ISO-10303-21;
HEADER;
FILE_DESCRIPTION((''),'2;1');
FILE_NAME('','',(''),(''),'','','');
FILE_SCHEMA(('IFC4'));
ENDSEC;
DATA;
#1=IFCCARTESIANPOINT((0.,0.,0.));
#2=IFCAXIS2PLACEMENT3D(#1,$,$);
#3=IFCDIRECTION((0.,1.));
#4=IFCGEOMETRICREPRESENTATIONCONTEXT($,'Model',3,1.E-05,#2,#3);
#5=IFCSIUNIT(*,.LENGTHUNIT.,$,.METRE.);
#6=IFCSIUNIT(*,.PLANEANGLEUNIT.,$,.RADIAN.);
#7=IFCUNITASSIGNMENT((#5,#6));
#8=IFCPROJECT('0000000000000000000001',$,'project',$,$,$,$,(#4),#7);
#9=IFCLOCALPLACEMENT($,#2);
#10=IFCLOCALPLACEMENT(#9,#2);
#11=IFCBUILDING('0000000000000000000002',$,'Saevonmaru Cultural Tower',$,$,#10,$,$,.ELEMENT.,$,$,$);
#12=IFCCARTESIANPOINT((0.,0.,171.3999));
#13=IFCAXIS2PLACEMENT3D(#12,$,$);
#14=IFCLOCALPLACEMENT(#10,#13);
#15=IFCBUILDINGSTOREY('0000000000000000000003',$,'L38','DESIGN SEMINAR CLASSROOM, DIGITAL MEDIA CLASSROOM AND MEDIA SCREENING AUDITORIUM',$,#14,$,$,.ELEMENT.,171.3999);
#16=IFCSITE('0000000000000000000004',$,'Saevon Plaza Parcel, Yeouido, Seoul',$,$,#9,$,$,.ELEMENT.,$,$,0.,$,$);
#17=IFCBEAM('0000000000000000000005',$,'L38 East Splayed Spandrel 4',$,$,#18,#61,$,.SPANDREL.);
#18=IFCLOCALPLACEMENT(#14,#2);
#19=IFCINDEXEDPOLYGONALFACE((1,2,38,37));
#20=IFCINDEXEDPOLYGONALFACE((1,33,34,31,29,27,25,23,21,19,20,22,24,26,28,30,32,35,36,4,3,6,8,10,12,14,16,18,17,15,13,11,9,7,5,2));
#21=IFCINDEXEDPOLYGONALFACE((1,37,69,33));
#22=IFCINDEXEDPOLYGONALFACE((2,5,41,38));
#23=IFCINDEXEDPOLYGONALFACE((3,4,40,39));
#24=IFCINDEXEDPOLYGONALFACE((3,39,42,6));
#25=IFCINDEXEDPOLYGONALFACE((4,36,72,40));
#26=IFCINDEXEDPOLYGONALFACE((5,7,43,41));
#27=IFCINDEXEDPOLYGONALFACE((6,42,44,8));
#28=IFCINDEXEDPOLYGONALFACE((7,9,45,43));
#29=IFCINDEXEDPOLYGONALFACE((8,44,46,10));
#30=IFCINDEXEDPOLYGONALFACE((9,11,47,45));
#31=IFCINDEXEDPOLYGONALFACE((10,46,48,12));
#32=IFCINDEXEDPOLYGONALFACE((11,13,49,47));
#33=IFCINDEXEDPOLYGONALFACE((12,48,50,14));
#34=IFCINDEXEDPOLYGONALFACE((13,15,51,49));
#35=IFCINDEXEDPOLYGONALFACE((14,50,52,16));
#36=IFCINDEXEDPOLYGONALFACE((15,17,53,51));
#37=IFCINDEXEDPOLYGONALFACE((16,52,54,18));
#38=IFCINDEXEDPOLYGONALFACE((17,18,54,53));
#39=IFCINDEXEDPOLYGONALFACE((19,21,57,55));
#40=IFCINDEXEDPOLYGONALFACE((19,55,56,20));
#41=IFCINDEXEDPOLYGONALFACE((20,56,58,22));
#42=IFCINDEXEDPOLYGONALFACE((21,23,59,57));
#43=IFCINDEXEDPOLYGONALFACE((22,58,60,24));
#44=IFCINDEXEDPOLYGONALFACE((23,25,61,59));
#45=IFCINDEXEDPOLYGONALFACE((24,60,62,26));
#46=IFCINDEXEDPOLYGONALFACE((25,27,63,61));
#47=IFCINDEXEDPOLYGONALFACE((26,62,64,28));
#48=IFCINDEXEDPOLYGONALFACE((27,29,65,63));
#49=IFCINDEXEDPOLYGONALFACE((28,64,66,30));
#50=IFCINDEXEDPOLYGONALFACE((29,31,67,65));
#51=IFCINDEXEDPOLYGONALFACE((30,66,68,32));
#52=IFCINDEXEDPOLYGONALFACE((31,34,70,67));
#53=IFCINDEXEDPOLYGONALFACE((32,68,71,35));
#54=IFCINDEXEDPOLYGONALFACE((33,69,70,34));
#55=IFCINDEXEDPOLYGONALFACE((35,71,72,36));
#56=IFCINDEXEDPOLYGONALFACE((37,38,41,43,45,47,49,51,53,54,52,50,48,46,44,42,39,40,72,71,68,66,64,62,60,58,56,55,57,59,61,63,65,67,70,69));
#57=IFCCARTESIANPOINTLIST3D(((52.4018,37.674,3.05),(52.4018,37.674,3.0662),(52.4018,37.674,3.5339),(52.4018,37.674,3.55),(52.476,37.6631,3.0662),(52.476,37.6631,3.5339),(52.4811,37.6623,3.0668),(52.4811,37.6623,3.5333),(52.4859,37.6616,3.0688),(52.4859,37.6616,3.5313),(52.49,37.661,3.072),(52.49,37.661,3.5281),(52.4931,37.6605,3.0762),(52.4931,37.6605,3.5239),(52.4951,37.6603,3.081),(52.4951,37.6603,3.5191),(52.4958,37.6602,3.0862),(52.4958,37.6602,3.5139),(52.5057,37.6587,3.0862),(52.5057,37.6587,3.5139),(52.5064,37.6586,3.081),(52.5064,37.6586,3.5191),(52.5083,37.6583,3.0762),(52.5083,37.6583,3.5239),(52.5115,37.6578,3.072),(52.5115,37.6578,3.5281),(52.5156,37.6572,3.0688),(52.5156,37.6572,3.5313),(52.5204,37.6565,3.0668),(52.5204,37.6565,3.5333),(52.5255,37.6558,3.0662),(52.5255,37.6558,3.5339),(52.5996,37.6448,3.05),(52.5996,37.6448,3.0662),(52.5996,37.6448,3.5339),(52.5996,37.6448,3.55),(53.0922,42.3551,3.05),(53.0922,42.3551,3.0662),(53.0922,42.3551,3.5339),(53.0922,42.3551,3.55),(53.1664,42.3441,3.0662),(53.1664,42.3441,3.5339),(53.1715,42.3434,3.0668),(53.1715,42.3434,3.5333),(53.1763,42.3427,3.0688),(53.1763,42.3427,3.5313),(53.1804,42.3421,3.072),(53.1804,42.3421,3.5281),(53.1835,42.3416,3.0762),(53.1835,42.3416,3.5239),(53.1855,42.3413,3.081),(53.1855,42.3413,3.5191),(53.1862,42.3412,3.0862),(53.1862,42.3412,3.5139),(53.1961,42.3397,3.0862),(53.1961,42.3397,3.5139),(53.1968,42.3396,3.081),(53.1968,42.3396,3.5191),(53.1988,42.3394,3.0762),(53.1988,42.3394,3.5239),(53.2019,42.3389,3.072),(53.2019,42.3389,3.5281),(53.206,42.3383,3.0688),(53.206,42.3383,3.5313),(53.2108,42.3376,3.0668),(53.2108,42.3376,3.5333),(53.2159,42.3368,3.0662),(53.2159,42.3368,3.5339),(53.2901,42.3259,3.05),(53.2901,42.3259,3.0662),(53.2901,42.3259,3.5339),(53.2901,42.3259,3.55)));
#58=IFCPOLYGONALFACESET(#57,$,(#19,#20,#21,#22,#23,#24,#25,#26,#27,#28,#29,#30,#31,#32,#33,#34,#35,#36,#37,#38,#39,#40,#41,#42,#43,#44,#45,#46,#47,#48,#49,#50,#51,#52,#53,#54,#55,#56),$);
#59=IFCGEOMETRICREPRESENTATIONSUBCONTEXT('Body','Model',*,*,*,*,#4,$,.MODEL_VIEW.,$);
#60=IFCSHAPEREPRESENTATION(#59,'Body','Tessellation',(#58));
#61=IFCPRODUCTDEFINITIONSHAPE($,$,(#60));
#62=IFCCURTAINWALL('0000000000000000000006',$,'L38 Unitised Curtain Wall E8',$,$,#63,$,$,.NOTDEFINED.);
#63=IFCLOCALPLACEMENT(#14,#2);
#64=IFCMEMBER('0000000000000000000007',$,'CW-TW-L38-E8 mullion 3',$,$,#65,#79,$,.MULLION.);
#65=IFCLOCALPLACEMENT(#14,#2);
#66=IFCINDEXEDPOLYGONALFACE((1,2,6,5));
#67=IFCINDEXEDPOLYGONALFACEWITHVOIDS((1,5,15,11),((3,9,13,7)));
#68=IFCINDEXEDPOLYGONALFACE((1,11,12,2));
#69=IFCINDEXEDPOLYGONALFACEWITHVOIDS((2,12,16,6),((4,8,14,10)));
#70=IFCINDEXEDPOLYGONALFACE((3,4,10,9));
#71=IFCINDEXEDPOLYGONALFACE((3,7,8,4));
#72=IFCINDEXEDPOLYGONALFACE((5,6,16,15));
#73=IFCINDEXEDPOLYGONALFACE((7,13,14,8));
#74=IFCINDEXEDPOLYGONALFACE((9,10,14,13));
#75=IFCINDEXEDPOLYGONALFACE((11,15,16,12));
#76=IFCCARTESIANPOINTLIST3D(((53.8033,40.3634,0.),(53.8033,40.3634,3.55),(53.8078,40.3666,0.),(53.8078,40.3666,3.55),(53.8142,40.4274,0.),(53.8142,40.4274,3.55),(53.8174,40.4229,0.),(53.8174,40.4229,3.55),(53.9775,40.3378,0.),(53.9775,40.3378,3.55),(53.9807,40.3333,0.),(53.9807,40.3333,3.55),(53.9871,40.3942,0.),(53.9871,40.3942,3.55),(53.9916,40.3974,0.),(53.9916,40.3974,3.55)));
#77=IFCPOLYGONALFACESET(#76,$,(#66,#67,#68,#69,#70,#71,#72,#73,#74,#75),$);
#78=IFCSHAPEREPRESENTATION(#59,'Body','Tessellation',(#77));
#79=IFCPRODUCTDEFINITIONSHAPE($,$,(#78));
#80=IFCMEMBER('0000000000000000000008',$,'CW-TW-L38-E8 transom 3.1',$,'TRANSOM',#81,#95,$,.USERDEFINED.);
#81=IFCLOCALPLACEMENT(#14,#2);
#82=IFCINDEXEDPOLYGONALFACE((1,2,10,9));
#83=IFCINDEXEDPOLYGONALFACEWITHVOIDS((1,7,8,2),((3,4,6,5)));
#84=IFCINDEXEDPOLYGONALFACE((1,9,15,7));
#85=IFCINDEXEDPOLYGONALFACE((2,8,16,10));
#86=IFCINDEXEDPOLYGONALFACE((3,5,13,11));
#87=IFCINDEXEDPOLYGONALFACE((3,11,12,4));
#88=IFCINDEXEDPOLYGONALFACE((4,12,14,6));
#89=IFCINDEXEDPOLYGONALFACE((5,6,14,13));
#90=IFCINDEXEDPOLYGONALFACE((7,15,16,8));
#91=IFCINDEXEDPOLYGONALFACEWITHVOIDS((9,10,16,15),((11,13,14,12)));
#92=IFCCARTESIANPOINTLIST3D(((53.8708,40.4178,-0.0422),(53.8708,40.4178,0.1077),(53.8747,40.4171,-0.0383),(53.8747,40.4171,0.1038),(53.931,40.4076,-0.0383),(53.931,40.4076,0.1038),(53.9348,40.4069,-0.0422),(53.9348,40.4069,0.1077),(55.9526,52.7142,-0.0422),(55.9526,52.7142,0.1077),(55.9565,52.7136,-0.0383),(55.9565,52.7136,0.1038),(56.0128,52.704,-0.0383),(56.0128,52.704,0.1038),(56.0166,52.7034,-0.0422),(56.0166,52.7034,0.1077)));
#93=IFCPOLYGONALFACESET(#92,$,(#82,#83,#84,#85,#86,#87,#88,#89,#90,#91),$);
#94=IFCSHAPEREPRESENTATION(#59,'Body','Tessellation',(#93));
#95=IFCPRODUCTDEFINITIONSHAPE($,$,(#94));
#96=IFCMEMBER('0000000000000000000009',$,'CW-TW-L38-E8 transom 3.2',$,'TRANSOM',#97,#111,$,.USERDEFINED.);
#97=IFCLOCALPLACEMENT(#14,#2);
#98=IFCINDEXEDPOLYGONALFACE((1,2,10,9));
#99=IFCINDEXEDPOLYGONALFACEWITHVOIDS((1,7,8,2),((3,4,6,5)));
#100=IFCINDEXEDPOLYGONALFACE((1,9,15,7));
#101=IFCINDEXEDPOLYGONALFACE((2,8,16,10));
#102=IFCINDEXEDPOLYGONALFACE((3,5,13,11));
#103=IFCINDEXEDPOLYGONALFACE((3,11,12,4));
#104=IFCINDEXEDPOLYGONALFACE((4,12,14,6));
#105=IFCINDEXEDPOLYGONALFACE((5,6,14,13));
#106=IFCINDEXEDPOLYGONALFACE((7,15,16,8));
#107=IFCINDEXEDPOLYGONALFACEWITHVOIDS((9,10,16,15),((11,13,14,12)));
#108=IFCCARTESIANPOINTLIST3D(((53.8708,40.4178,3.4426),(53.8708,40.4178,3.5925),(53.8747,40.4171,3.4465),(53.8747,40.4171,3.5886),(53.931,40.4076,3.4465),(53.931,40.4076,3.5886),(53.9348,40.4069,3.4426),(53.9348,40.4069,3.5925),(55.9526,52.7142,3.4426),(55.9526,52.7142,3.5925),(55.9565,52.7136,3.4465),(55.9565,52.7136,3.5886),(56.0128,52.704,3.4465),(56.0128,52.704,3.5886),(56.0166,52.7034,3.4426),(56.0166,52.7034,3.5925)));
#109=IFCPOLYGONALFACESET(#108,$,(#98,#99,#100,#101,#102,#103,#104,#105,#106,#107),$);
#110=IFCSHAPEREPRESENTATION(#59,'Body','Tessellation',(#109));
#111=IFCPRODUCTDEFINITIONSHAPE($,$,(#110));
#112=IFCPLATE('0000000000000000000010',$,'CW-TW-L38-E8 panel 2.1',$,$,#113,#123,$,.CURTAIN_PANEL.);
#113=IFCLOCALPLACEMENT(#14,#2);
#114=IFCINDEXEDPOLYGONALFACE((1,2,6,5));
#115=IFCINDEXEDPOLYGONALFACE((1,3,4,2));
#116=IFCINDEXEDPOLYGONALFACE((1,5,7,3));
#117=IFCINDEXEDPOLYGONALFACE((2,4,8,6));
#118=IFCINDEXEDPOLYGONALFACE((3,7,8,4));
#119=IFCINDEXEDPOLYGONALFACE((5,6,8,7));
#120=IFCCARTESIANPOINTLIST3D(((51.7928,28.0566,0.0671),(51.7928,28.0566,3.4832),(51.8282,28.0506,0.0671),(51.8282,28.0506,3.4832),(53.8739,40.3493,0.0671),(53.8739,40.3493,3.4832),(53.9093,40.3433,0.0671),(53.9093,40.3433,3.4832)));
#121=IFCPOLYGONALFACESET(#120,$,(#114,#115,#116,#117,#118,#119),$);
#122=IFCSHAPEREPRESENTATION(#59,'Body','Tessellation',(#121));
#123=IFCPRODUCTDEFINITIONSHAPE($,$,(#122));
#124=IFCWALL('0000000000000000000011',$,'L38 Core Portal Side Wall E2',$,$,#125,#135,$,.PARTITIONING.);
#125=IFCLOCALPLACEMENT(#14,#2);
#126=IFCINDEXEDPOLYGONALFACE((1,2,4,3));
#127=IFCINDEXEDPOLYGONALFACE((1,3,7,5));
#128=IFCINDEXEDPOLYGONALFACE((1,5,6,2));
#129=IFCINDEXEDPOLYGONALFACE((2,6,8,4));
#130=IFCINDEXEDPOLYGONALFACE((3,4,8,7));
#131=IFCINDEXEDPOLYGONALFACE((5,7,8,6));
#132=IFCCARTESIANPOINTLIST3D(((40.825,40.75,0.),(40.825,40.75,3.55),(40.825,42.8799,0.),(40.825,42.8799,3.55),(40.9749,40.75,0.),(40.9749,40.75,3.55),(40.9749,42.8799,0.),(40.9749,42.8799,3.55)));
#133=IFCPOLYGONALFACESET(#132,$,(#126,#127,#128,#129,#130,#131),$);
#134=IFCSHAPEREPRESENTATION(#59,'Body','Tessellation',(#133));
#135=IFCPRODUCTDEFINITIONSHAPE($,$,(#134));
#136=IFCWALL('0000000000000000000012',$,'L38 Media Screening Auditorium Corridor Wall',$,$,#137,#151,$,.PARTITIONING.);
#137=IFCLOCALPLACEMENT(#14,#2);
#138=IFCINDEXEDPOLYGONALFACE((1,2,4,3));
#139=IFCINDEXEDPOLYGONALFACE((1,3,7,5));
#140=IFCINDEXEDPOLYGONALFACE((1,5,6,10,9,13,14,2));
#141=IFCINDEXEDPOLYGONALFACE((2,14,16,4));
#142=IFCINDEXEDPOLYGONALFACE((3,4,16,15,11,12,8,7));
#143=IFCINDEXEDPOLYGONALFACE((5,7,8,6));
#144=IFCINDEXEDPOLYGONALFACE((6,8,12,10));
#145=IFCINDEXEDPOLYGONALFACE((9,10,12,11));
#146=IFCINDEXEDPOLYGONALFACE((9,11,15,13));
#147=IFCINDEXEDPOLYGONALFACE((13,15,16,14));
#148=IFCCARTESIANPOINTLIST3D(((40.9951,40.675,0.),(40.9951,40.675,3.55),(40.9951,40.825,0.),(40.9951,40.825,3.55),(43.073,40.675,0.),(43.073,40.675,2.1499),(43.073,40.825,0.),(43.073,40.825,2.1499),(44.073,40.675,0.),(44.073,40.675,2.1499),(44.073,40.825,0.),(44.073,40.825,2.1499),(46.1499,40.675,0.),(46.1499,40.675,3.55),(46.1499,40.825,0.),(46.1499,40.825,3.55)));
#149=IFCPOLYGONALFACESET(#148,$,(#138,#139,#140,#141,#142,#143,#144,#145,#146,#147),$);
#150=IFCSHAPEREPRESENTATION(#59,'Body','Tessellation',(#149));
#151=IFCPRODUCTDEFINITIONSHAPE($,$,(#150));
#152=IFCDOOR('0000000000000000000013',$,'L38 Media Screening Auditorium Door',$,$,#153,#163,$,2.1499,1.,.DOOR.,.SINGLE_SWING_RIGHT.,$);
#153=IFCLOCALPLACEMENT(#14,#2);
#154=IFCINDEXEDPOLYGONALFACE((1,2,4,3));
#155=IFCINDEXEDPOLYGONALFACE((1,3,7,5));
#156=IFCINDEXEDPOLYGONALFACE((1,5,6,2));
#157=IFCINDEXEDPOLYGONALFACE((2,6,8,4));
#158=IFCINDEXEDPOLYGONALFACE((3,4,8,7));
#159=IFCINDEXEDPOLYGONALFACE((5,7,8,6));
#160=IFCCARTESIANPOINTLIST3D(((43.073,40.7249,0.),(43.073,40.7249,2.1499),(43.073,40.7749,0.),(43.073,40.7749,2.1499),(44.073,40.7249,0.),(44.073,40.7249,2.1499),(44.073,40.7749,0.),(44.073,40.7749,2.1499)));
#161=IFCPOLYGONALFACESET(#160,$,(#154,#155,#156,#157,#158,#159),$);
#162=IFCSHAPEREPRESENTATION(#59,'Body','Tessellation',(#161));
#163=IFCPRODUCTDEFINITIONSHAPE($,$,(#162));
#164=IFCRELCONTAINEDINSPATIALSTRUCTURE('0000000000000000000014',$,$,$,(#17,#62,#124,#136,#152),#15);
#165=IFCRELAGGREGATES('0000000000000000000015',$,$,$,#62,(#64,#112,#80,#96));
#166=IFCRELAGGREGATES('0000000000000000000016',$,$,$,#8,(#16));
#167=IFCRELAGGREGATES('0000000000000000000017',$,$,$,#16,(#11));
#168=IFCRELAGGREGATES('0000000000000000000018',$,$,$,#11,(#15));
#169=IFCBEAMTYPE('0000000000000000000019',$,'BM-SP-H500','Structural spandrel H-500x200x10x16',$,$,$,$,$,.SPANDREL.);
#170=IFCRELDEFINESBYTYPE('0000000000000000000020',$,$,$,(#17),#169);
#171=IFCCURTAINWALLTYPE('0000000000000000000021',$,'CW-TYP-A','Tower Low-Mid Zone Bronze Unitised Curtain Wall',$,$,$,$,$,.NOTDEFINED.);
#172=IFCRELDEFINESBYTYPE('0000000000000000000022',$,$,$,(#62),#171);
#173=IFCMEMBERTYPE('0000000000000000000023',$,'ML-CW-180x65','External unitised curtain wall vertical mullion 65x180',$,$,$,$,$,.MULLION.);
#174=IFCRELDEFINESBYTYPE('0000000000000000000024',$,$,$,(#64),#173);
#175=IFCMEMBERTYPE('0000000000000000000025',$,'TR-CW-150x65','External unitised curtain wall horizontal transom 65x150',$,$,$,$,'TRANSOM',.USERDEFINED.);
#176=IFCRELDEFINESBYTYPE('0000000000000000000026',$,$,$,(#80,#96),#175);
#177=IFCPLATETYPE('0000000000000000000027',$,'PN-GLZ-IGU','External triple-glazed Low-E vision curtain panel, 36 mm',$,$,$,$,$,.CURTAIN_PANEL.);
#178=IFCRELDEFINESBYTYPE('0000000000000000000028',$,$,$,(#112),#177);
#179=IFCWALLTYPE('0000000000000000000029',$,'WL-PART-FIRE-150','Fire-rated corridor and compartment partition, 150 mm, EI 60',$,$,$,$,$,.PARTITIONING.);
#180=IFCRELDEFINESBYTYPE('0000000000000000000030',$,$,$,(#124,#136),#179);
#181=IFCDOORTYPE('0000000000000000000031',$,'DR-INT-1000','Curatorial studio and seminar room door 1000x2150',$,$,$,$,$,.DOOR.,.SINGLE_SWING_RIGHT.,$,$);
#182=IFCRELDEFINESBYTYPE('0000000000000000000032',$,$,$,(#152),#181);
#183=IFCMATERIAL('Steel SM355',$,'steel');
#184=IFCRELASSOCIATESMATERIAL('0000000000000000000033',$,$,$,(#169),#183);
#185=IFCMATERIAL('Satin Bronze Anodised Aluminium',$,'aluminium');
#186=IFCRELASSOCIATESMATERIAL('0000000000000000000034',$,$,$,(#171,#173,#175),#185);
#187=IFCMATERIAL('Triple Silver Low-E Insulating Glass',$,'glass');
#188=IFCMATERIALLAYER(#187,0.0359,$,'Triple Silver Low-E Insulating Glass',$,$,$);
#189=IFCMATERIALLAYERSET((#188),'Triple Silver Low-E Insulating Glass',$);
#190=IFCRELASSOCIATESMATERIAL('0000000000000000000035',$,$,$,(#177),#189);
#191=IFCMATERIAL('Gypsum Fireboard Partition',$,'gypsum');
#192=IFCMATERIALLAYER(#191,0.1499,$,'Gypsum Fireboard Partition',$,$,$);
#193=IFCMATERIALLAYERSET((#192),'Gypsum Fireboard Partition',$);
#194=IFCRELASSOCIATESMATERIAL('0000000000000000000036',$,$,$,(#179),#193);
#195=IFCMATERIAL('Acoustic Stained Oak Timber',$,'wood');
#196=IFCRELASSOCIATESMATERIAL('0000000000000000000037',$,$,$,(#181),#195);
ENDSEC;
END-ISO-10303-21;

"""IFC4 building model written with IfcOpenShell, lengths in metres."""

from ifc_helpers import new_model, si_unit, direction, frame, frame_2d, origin, origin_2d, place, context, subcontext, project, spatial, rectangle, hollow_rectangle, i_section, extrude, material, layer, layer_set, material_profile, profile_set, type_object, element, fill, aggregate, save


model = new_model("IFC4")

# Units and contexts
model_context = context("Model", 3, precision=1e-05, world=origin(), true_north=direction((0.0, 1.0)))
body_context = subcontext(model_context, "Body", "Model", "MODEL_VIEW")
ifc_project = project(units=[si_unit("LENGTHUNIT", "METRE"), si_unit("PLANEANGLEUNIT", "RADIAN")], contexts=[model_context])

# Site, building, storey
site_placement = place(None, origin())
site = spatial("IfcSite", under=ifc_project, at=site_placement, Name="Saevon Plaza Parcel, Yeouido, Seoul", CompositionType="ELEMENT", RefElevation=0.0)
building_placement = place(site_placement, origin())
building = spatial("IfcBuilding", under=site, at=building_placement, Name="Saevonmaru Cultural Tower", CompositionType="ELEMENT")
storey_placement = place(building_placement, frame((0.0, 0.0, 171.3999)))
storey = spatial("IfcBuildingStorey", under=building, at=storey_placement, Name="L38", Description="DESIGN SEMINAR CLASSROOM, DIGITAL MEDIA CLASSROOM AND MEDIA SCREENING AUDITORIUM", CompositionType="ELEMENT", Elevation=171.3999)

# Shared definitions
ifc_material_1 = material(Name="Steel SM355", Category="steel")

# Beam
ifc_material_profile_1 = material_profile(ifc_material_1, i_section(OverallWidth=0.2, OverallDepth=0.5, WebThickness=0.01, FlangeThickness=0.0161, FilletRadius=0.02, at=origin_2d()), Name="H-500x200x10x16")
ifc_profile_set_1 = profile_set([ifc_material_profile_1], Name="Steel SM355")
beam_type_1 = type_object("IfcBeamType", Name="BM-SP-H500", Description="Structural spandrel H-500x200x10x16", PredefinedType="SPANDREL", material=ifc_profile_set_1)
beam_1_placement = place(storey_placement, frame((52.5007, 37.6594, 3.3), z_axis=(0.145913, 0.989297, 0.0), x_axis=(-0.989297, 0.145913, 0.0)))
element("IfcBeam", 1, at=beam_1_placement, inside=storey, type_object=beam_type_1, Name="L38 East Splayed Spandrel 4", PredefinedType="SPANDREL", context=body_context, shape_type="SweptSolid", body=[
    extrude(i_section(OverallWidth=0.2, OverallDepth=0.5, WebThickness=0.01, FlangeThickness=0.0161, FilletRadius=0.02, at=origin_2d()), origin(), (0.0, 0.0, 1.0), 4.7317),
])

# Curtain wall, members, plate
ifc_material_2 = material(Name="Satin Bronze Anodised Aluminium", Category="aluminium")
curtain_wall_type = type_object("IfcCurtainWallType", Name="CW-TYP-A", Description="Tower Low-Mid Zone Bronze Unitised Curtain Wall", PredefinedType="NOTDEFINED", material=ifc_material_2)
curtain_wall_placement = place(storey_placement, origin())
curtain_wall = element("IfcCurtainWall", 2, at=curtain_wall_placement, inside=storey, type_object=curtain_wall_type, Name="L38 Unitised Curtain Wall E8", PredefinedType="NOTDEFINED")
ifc_material_profile_2 = material_profile(ifc_material_2, hollow_rectangle(XDim=0.0649, YDim=0.1799, WallThickness=0.0039, at=origin_2d()), Name="ALU-MULL-180x65x4")
ifc_profile_set_2 = profile_set([ifc_material_profile_2], Name="Satin Bronze Anodised Aluminium")
member_type_1 = type_object("IfcMemberType", Name="ML-CW-180x65", Description="External unitised curtain wall vertical mullion 65x180", PredefinedType="MULLION", material=ifc_profile_set_2)
member_1_placement = place(storey_placement, frame((53.8975, 40.3804, 0.0), z_axis=(0.0, 0.0, 1.0), x_axis=(0.166922, 0.98597, 0.0)))
member_1 = element("IfcMember", 3, at=member_1_placement, type_object=member_type_1, Name="CW-TW-L38-E8 mullion 3", PredefinedType="MULLION", context=body_context, shape_type="SweptSolid", body=[
    extrude(hollow_rectangle(XDim=0.0649, YDim=0.1799, WallThickness=0.0039, at=origin_2d()), origin(), (0.0, 0.0, 1.0), 3.55),
])
ifc_material_profile_3 = material_profile(ifc_material_2, hollow_rectangle(XDim=0.0649, YDim=0.1499, WallThickness=0.0039, at=origin_2d()), Name="ALU-TRAN-150x65x4")
ifc_profile_set_3 = profile_set([ifc_material_profile_3], Name="Satin Bronze Anodised Aluminium")
member_type_2 = type_object("IfcMemberType", Name="TR-CW-150x65", Description="External unitised curtain wall horizontal transom 65x150", ElementType="TRANSOM", PredefinedType="USERDEFINED", material=ifc_profile_set_3)
member_2_placement = place(storey_placement, frame((53.9028, 40.4124, 0.0327), z_axis=(0.166925, 0.98597, 0.0), x_axis=(-0.98597, 0.166925, 0.0)))
member_2 = element("IfcMember", 4, at=member_2_placement, type_object=member_type_2, Name="CW-TW-L38-E8 transom 3.1", ObjectType="TRANSOM", PredefinedType="USERDEFINED", context=body_context, shape_type="SweptSolid", body=[
    extrude(hollow_rectangle(XDim=0.0649, YDim=0.1499, WallThickness=0.0039, at=origin_2d()), origin(), (0.0, 0.0, 1.0), 12.4714),
])
member_3_placement = place(storey_placement, frame((53.9028, 40.4124, 3.5176), z_axis=(0.166925, 0.98597, 0.0), x_axis=(-0.98597, 0.166925, 0.0)))
member_3 = element("IfcMember", 5, at=member_3_placement, type_object=member_type_2, Name="CW-TW-L38-E8 transom 3.2", ObjectType="TRANSOM", PredefinedType="USERDEFINED", context=body_context, shape_type="SweptSolid", body=[
    extrude(hollow_rectangle(XDim=0.0649, YDim=0.1499, WallThickness=0.0039, at=origin_2d()), origin(), (0.0, 0.0, 1.0), 12.4714),
])
ifc_material_3 = material(Name="Triple Silver Low-E Insulating Glass", Category="glass")
ifc_layer_1 = layer(ifc_material_3, 0.0359, Name="Triple Silver Low-E Insulating Glass")
ifc_layer_set_1 = layer_set([ifc_layer_1], Name="Triple Silver Low-E Insulating Glass")
plate_type = type_object("IfcPlateType", Name="PN-GLZ-IGU", Description="External triple-glazed Low-E vision curtain panel, 36 mm", PredefinedType="CURTAIN_PANEL", material=ifc_layer_set_1)
plate_placement = place(storey_placement, frame((52.8511, 34.2, 0.0671), z_axis=(0.0, 0.0, 1.0), x_axis=(0.166922, 0.98597, 0.0)))
plate = element("IfcPlate", 6, at=plate_placement, type_object=plate_type, Name="CW-TW-L38-E8 panel 2.1", PredefinedType="CURTAIN_PANEL", context=body_context, shape_type="SweptSolid", body=[
    extrude(rectangle(XDim=12.4675, YDim=0.0359, at=origin_2d()), origin(), (0.0, 0.0, 1.0), 3.416),
])
aggregate(curtain_wall, [member_1, plate, member_2, member_3])

# Shared definitions
ifc_material_4 = material(Name="Gypsum Fireboard Partition", Category="gypsum")
ifc_layer_2 = layer(ifc_material_4, 0.1499, Name="Gypsum Fireboard Partition")
ifc_layer_set_2 = layer_set([ifc_layer_2], Name="Gypsum Fireboard Partition")
wall_type_1 = type_object("IfcWallType", Name="WL-PART-FIRE-150", Description="Fire-rated corridor and compartment partition, 150 mm, EI 60", PredefinedType="PARTITIONING", material=ifc_layer_set_2)

# Wall
wall_1_placement = place(storey_placement, frame((40.8999, 40.75, 0.0), z_axis=(0.0, 0.0, 1.0), x_axis=(0.0, 1.0, 0.0)))
element("IfcWall", 7, at=wall_1_placement, inside=storey, type_object=wall_type_1, Name="L38 Core Portal Side Wall E2", PredefinedType="PARTITIONING", context=body_context, shape_type="SweptSolid", body=[
    extrude(rectangle(XDim=2.1299, YDim=0.1499, at=frame_2d((1.0649, 0.0))), origin(), (0.0, 0.0, 1.0), 3.55),
])

# Wall, opening, door
wall_2_placement = place(storey_placement, frame((40.9951, 40.75, 0.0), z_axis=(0.0, 0.0, 1.0), x_axis=(1.0, 0.0, 0.0)))
wall_2 = element("IfcWall", 8, at=wall_2_placement, inside=storey, type_object=wall_type_1, Name="L38 Media Screening Auditorium Corridor Wall", PredefinedType="PARTITIONING", context=body_context, shape_type="SweptSolid", body=[
    extrude(rectangle(XDim=5.1548, YDim=0.1499, at=frame_2d((2.5774, 0.0))), origin(), (0.0, 0.0, 1.0), 3.55),
])
opening_1_placement = place(wall_2_placement, frame((2.0779, 0.0, 0.0)))
opening_1 = element("IfcOpeningElement", 9, at=opening_1_placement, cuts=wall_2, PredefinedType="OPENING", context=body_context, shape_type="SweptSolid", body=[
    extrude(rectangle(XDim=1.0, YDim=2.1499, at=frame_2d((0.5, 1.075))), frame((0.0, 0.085, 0.0), z_axis=(0.0, -1.0, 0.0), x_axis=(1.0, 0.0, 0.0)), (0.0, 0.0, 1.0), 0.1699),
])
ifc_material_5 = material(Name="Acoustic Stained Oak Timber", Category="wood")
door_type_1 = type_object("IfcDoorType", Name="DR-INT-1000", Description="Curatorial studio and seminar room door 1000x2150", OperationType="SINGLE_SWING_RIGHT", PredefinedType="DOOR", material=ifc_material_5)
door_1_placement = place(opening_1_placement, origin())
door_1 = element("IfcDoor", 10, at=door_1_placement, inside=storey, type_object=door_type_1, Name="L38 Media Screening Auditorium Door", OperationType="SINGLE_SWING_RIGHT", OverallHeight=2.1499, OverallWidth=1.0, PredefinedType="DOOR", context=body_context, shape_type="SweptSolid", body=[
    extrude(rectangle(XDim=1.0, YDim=2.1499, at=frame_2d((0.5, 1.075))), frame((0.0, 0.0249, 0.0), z_axis=(0.0, -1.0, 0.0), x_axis=(1.0, 0.0, 0.0)), (0.0, 0.0, 1.0), 0.05),
])
fill(opening_1, door_1)

save(model, "model.ifc")
